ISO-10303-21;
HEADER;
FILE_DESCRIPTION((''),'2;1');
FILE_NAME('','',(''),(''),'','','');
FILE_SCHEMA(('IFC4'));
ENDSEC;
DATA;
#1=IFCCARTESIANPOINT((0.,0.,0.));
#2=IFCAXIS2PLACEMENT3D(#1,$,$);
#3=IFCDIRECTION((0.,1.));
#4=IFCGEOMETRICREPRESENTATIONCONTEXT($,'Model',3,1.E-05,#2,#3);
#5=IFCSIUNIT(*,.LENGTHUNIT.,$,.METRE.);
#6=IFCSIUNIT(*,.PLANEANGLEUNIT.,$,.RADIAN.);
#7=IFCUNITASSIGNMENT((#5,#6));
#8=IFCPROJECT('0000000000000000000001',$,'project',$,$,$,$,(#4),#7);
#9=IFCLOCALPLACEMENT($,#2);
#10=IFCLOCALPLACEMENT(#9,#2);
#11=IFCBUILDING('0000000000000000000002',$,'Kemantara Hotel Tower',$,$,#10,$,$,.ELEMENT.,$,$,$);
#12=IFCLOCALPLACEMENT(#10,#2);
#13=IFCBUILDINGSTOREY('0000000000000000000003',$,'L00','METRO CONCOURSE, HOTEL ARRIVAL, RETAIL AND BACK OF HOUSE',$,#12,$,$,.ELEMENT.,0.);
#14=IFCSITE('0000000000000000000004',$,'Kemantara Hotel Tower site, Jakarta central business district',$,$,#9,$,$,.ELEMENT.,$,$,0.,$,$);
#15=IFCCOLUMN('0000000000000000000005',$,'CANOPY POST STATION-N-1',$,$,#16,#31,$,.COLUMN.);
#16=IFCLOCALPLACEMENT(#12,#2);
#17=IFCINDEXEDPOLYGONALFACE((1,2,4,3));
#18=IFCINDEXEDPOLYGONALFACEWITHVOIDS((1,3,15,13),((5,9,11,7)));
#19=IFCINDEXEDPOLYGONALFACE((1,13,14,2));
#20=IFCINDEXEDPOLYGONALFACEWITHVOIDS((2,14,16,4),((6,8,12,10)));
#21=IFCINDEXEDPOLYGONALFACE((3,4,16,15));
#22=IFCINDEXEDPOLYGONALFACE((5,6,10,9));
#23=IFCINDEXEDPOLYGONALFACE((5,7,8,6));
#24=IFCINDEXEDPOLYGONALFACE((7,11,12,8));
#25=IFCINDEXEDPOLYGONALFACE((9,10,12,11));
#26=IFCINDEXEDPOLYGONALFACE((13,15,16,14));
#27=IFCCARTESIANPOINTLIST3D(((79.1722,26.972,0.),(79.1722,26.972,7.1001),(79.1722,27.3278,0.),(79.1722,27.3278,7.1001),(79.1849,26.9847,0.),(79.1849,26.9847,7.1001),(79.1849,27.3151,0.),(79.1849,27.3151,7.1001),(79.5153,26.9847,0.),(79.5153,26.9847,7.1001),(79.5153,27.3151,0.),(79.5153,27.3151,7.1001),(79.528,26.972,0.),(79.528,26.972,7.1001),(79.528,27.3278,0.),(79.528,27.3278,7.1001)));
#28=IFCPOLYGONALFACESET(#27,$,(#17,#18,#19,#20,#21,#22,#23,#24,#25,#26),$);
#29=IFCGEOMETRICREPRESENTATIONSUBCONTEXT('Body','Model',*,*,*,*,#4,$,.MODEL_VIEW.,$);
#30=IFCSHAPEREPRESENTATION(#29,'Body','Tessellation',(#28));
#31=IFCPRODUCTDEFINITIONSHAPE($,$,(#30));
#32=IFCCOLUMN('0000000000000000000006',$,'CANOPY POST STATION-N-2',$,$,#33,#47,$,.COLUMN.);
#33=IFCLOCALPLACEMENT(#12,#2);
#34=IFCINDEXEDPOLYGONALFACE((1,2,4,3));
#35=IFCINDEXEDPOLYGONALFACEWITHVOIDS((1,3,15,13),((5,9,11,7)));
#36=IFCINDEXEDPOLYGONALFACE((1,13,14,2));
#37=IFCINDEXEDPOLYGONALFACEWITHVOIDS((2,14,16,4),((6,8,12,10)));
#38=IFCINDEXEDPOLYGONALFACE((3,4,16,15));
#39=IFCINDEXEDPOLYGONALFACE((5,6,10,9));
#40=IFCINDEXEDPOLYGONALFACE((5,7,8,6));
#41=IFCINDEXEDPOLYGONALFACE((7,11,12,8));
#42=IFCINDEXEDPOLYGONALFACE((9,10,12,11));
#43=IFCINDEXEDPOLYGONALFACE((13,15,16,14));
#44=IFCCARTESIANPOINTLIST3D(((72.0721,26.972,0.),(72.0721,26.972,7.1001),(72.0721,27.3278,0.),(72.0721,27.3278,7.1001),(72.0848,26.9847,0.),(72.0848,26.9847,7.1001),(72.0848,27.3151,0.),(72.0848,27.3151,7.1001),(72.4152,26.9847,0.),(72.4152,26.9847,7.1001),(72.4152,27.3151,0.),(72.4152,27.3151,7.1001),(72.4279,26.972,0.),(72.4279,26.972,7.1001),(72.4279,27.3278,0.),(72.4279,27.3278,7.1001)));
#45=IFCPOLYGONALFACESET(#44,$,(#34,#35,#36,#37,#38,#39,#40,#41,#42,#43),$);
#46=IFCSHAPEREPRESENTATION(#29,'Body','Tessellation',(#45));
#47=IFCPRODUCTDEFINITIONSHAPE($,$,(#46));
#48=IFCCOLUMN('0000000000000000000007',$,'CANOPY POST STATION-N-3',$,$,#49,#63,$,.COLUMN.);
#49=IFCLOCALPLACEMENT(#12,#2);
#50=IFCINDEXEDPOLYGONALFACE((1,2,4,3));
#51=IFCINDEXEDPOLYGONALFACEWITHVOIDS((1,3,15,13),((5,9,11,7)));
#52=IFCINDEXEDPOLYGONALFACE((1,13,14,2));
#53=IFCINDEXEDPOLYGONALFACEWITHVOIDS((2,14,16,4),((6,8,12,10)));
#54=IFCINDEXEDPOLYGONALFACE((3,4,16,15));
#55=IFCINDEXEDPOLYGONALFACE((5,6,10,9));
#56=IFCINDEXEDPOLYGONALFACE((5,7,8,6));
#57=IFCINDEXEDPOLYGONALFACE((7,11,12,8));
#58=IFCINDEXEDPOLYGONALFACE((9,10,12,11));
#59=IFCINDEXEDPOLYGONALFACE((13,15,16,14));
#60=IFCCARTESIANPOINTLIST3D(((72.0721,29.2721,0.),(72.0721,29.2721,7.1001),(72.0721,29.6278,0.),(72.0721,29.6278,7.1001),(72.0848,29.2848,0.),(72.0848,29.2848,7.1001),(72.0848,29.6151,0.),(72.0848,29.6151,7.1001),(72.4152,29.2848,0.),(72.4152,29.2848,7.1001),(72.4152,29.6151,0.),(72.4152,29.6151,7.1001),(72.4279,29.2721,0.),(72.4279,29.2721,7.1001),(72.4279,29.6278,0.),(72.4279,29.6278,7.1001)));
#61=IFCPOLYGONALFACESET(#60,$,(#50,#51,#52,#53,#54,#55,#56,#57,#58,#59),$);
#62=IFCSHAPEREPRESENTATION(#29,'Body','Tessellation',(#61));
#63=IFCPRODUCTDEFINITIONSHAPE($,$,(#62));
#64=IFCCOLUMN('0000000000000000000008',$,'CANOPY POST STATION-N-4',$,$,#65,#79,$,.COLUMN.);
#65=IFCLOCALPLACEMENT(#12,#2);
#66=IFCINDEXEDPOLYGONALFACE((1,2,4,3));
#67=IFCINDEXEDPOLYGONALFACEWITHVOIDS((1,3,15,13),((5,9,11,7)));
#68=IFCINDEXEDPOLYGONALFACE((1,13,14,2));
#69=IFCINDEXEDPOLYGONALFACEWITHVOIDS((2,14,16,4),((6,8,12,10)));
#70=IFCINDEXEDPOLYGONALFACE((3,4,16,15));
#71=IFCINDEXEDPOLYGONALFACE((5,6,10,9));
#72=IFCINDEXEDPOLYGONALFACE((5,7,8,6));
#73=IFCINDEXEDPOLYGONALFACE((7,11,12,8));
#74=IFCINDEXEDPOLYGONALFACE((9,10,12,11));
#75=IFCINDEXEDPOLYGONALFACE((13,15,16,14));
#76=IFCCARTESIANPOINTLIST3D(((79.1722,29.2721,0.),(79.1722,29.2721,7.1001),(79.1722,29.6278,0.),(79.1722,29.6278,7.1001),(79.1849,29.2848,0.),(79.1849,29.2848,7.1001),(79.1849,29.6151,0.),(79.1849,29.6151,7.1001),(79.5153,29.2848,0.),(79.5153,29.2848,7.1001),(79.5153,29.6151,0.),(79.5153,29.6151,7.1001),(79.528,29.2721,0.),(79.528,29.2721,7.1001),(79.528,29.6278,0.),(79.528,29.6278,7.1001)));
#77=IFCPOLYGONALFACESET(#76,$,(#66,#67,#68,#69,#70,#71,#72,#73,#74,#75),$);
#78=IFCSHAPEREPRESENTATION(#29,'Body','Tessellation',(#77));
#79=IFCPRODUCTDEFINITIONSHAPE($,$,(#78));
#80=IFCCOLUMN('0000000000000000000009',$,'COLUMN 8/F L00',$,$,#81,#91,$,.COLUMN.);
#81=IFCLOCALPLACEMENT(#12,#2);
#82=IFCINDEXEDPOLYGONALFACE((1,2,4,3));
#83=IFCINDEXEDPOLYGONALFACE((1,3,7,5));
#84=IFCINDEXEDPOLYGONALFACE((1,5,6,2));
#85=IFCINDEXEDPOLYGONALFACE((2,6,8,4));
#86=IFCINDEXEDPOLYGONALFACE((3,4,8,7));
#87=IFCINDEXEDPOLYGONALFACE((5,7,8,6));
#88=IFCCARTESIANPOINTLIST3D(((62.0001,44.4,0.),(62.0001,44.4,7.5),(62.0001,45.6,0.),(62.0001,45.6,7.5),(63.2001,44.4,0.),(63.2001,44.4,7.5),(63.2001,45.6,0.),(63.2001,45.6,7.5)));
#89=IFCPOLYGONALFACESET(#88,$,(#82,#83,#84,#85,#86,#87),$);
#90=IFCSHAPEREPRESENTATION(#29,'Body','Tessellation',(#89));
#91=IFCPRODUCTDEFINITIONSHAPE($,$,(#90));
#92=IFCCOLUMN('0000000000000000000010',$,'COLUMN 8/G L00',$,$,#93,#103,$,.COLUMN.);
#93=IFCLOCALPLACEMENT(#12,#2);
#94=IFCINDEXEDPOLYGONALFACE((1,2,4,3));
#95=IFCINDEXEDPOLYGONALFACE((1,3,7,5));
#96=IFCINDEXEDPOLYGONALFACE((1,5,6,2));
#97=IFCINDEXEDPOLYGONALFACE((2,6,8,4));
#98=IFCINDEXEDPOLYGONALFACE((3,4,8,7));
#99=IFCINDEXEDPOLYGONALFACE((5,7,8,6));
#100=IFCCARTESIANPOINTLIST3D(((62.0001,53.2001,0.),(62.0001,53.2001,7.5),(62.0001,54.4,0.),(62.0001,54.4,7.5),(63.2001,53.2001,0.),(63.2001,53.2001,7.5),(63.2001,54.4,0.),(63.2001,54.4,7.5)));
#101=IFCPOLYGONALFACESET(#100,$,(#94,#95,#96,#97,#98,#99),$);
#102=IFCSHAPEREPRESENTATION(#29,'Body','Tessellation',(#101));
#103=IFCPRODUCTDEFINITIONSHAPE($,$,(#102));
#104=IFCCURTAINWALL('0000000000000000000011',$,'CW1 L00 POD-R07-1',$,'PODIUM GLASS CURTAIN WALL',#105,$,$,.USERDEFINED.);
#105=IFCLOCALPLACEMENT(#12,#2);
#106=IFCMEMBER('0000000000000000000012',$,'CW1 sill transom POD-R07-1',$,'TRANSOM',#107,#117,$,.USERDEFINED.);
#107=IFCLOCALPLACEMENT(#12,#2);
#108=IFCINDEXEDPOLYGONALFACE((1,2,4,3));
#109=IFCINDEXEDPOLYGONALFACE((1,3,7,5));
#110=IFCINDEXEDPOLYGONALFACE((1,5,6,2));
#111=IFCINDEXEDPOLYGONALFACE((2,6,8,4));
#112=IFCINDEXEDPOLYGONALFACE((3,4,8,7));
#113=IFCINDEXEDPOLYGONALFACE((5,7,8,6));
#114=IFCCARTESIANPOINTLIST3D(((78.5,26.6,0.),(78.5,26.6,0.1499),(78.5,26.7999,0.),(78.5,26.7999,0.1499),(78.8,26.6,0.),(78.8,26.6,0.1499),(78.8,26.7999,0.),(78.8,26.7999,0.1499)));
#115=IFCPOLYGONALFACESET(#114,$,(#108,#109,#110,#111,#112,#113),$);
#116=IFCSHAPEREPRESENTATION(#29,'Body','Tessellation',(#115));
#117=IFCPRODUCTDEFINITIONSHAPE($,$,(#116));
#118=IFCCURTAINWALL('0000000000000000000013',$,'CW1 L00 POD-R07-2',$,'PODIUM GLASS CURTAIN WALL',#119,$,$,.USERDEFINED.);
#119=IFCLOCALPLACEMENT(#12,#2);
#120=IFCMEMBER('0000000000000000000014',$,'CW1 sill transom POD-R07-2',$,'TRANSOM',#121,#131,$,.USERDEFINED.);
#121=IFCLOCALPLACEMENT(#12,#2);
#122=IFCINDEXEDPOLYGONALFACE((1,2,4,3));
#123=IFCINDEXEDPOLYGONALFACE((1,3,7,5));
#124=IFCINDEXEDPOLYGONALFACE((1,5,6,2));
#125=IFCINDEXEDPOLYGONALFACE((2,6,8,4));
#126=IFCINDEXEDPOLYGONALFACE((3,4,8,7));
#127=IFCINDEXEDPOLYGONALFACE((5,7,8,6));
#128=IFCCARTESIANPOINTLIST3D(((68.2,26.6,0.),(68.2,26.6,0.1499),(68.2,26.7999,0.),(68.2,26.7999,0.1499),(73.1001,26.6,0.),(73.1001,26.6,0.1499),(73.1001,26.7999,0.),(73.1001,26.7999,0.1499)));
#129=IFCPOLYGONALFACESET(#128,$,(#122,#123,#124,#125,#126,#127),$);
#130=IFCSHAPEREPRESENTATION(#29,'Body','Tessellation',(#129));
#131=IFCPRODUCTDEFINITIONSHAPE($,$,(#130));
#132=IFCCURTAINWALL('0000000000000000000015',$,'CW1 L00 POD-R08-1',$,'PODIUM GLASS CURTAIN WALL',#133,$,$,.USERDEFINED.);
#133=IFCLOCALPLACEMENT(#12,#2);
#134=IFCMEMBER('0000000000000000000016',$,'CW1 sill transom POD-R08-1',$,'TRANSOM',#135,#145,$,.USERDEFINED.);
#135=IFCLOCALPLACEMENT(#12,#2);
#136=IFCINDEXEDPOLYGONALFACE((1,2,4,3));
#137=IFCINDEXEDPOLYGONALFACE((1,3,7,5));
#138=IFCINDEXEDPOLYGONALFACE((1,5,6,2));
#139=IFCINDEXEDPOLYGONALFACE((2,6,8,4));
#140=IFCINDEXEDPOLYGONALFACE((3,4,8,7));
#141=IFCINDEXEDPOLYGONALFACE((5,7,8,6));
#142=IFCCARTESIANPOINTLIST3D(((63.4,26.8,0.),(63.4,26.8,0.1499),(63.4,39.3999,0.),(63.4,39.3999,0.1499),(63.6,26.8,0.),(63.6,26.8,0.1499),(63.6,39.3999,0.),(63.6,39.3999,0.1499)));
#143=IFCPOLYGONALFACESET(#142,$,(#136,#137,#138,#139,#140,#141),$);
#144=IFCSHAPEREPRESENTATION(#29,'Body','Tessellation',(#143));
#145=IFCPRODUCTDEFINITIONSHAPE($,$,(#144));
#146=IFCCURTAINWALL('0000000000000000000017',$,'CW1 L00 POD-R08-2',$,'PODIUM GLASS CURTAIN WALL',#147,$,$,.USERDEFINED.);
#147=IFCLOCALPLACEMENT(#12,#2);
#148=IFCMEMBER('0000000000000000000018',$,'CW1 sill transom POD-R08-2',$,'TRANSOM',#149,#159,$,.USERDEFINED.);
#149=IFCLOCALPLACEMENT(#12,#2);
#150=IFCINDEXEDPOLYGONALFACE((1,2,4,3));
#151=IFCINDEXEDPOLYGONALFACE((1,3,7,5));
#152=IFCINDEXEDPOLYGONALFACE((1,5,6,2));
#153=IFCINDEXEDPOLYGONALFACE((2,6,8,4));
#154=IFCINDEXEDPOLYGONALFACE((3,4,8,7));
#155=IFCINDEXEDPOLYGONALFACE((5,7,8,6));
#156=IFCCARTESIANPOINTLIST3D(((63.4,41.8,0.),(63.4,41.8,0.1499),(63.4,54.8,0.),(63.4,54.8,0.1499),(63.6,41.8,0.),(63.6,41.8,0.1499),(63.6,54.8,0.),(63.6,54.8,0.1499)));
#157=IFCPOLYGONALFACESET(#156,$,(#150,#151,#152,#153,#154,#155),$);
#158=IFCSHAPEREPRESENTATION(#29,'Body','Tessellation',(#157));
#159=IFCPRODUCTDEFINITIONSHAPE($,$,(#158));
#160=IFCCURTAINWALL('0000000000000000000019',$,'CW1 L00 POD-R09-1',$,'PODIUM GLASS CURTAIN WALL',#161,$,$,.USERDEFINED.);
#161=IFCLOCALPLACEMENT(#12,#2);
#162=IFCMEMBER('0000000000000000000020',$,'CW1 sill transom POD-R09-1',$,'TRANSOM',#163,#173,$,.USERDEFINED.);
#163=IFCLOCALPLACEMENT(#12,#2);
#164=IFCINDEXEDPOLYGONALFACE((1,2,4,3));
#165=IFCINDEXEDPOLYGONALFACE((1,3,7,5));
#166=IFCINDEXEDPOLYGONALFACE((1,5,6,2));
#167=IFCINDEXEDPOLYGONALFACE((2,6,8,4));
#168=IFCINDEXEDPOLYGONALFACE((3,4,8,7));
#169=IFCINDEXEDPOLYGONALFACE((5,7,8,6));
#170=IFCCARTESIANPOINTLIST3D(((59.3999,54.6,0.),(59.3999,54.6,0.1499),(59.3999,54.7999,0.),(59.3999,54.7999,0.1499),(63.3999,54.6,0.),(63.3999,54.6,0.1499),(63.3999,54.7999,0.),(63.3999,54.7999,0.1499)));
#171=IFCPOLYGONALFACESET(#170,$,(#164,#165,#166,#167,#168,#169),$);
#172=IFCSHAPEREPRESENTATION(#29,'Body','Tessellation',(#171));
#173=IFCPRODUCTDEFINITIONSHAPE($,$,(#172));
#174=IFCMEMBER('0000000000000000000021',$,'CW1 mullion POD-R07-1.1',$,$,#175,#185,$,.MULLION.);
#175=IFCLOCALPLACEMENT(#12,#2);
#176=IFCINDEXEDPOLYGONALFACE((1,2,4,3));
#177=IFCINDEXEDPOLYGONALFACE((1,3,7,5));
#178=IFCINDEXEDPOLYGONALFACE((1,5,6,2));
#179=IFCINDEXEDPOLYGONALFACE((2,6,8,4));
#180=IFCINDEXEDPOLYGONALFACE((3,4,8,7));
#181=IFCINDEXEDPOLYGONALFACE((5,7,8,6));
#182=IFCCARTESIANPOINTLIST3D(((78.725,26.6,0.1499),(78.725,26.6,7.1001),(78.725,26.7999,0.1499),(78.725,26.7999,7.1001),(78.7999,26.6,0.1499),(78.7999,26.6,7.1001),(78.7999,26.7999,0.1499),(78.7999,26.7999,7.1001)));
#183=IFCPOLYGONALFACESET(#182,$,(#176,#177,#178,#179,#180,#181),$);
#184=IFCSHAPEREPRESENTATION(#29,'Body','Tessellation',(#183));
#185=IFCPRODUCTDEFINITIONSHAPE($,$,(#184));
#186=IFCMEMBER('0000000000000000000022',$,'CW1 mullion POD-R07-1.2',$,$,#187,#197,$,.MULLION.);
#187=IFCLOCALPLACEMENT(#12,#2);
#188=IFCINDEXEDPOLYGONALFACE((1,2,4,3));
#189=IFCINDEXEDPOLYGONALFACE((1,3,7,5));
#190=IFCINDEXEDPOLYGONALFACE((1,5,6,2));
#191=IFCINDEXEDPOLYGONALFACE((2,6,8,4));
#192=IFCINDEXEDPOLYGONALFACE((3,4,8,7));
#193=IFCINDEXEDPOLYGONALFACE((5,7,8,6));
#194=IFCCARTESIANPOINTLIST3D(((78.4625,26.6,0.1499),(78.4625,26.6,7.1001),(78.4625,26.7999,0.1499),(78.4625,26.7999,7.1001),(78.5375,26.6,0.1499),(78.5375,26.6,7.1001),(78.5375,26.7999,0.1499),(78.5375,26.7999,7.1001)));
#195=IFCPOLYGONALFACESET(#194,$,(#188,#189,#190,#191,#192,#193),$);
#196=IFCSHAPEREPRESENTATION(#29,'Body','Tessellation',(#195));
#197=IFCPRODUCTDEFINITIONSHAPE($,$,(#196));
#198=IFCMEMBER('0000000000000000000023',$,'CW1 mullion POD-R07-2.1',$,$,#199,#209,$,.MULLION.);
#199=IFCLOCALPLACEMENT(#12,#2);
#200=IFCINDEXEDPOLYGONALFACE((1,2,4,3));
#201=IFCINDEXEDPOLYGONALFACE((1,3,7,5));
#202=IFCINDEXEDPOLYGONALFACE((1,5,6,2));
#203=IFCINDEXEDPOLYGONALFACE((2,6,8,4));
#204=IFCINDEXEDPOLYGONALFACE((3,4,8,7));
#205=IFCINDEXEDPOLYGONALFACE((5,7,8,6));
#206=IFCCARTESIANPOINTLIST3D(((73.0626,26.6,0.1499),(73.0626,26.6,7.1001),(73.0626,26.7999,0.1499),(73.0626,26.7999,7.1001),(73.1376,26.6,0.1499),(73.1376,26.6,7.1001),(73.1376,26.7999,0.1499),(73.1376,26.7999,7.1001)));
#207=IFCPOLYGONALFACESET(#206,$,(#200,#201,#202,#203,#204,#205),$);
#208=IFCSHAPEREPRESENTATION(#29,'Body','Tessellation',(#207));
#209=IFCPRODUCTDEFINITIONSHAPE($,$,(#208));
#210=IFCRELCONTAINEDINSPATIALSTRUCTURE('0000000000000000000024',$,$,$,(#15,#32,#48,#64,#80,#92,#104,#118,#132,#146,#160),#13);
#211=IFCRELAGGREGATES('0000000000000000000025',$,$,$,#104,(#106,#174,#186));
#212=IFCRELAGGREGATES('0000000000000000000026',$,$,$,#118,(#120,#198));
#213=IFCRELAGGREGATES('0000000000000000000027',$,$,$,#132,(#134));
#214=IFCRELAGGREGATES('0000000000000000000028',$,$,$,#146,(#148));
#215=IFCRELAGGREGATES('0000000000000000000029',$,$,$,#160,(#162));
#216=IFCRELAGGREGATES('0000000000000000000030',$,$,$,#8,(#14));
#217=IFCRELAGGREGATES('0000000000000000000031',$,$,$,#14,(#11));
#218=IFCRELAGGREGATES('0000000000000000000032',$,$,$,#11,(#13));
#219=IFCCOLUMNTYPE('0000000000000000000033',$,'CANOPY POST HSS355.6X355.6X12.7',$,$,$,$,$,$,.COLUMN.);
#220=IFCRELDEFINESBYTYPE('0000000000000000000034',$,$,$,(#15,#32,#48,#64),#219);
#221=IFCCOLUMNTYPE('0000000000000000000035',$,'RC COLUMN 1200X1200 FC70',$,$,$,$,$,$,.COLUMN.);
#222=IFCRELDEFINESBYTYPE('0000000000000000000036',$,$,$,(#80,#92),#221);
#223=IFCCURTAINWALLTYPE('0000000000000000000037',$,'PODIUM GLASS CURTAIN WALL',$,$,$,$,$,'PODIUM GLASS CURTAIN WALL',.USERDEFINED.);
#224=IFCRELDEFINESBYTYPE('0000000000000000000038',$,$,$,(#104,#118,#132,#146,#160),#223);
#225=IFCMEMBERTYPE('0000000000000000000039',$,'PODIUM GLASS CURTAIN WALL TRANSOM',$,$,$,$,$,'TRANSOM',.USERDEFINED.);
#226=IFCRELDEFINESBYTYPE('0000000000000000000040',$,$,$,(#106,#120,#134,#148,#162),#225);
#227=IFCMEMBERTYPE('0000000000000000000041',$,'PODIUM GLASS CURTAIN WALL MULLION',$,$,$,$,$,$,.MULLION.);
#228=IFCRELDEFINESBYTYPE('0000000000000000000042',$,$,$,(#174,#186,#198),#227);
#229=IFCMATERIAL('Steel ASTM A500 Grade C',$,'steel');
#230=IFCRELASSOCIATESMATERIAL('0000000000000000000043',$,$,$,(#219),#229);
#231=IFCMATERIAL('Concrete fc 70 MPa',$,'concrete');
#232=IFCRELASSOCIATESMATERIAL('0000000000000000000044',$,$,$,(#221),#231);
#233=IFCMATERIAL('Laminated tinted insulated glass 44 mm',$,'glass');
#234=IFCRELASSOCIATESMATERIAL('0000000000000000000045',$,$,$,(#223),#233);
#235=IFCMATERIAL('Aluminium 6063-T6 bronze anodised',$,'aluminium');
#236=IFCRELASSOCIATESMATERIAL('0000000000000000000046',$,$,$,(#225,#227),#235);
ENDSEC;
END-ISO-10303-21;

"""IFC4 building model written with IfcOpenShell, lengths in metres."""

from ifc_helpers import new_model, si_unit, direction, frame, origin, origin_2d, place, context, subcontext, project, spatial, rectangle, hollow_rectangle, extrude, source, transform, mapped, material, material_profile, profile_set, type_object, element, aggregate, save


model = new_model("IFC4")

# Units and contexts
model_context = context("Model", 3, precision=1e-05, world=origin(), true_north=direction((0.0, 1.0)))
body_context = subcontext(model_context, "Body", "Model", "MODEL_VIEW")
ifc_project = project(units=[si_unit("LENGTHUNIT", "METRE"), si_unit("PLANEANGLEUNIT", "RADIAN")], contexts=[model_context])

# Site, building, storey
site_placement = place(None, origin())
site = spatial("IfcSite", under=ifc_project, at=site_placement, Name="Kemantara Hotel Tower site, Jakarta central business district", CompositionType="ELEMENT", RefElevation=0.0)
building_placement = place(site_placement, origin())
building = spatial("IfcBuilding", under=site, at=building_placement, Name="Kemantara Hotel Tower", CompositionType="ELEMENT")
storey_placement = place(building_placement, origin())
storey = spatial("IfcBuildingStorey", under=building, at=storey_placement, Name="L00", Description="METRO CONCOURSE, HOTEL ARRIVAL, RETAIL AND BACK OF HOUSE", CompositionType="ELEMENT", Elevation=0.0)

# Columns
ifc_material_1 = material(Name="Steel ASTM A500 Grade C", Category="steel")
ifc_material_profile_1 = material_profile(ifc_material_1, hollow_rectangle(XDim=0.3557, YDim=0.3557, WallThickness=0.0127, at=origin_2d()), Name="HSS355.6X355.6X12.7")
ifc_profile_set_1 = profile_set([ifc_material_profile_1], Name="Steel ASTM A500 Grade C")
column_type_1 = type_object("IfcColumnType", Name="CANOPY POST HSS355.6X355.6X12.7", PredefinedType="COLUMN", material=ifc_profile_set_1)
for number, where, z_axis, x_axis, name in (
    (1, (79.3501, 27.1499, 0.0), (0.0, 0.0, 1.0), (1.0, 0.0, 0.0), "CANOPY POST STATION-N-1"),
    (2, (72.25, 27.1499, 0.0), (0.0, 0.0, 1.0), (1.0, 0.0, 0.0), "CANOPY POST STATION-N-2"),
    (3, (72.25, 29.45, 0.0), (0.0, 0.0, 1.0), (1.0, 0.0, 0.0), "CANOPY POST STATION-N-3"),
    (4, (79.3501, 29.45, 0.0), (0.0, 0.0, 1.0), (1.0, 0.0, 0.0), "CANOPY POST STATION-N-4"),
):
    element("IfcColumn", number, at=place(storey_placement, frame(where, z_axis=z_axis, x_axis=x_axis)), inside=storey, type_object=column_type_1, Name=name, PredefinedType="COLUMN", context=body_context, shape_type="SweptSolid", body=[
        extrude(hollow_rectangle(XDim=0.3557, YDim=0.3557, WallThickness=0.0127, at=origin_2d()), origin(), (0.0, 0.0, 1.0), 7.1001),
    ])
ifc_material_2 = material(Name="Concrete fc 70 MPa", Category="concrete")
ifc_material_profile_2 = material_profile(ifc_material_2, rectangle(XDim=1.2, YDim=1.2, at=origin_2d()), Name="RC 1200X1200")
ifc_profile_set_2 = profile_set([ifc_material_profile_2], Name="Concrete fc 70 MPa")
column_type_2 = type_object("IfcColumnType", Name="RC COLUMN 1200X1200 FC70", PredefinedType="COLUMN", material=ifc_profile_set_2)
for number, where, z_axis, x_axis, name in (
    (5, (62.6001, 45.0, 0.0), (0.0, 0.0, 1.0), (1.0, 0.0, 0.0), "COLUMN 8/F L00"),
    (6, (62.6001, 53.8, 0.0), (0.0, 0.0, 1.0), (1.0, 0.0, 0.0), "COLUMN 8/G L00"),
):
    element("IfcColumn", number, at=place(storey_placement, frame(where, z_axis=z_axis, x_axis=x_axis)), inside=storey, type_object=column_type_2, Name=name, PredefinedType="COLUMN", context=body_context, shape_type="SweptSolid", body=[
        extrude(rectangle(XDim=1.2, YDim=1.2, at=origin_2d()), origin(), (0.0, 0.0, 1.0), 7.5),
    ])

# Curtain walls, members
ifc_material_3 = material(Name="Laminated tinted insulated glass 44 mm", Category="glass")
curtain_wall_type = type_object("IfcCurtainWallType", Name="PODIUM GLASS CURTAIN WALL", ElementType="PODIUM GLASS CURTAIN WALL", PredefinedType="USERDEFINED", material=ifc_material_3)
curtain_wall_1_placement = place(storey_placement, origin())
curtain_wall_1 = element("IfcCurtainWall", 7, at=curtain_wall_1_placement, inside=storey, type_object=curtain_wall_type, Name="CW1 L00 POD-R07-1", ObjectType="PODIUM GLASS CURTAIN WALL", PredefinedType="USERDEFINED")
ifc_material_4 = material(Name="Aluminium 6063-T6 bronze anodised", Category="aluminium")
ifc_material_profile_3 = material_profile(ifc_material_4, rectangle(XDim=0.2, YDim=0.1499, at=origin_2d()), Name="PODIUM GLASS CURTAIN WALL TRANSOM")
ifc_profile_set_3 = profile_set([ifc_material_profile_3], Name="Aluminium 6063-T6 bronze anodised")
member_type_1 = type_object("IfcMemberType", Name="PODIUM GLASS CURTAIN WALL TRANSOM", ElementType="TRANSOM", PredefinedType="USERDEFINED", material=ifc_profile_set_3)
member_1_placement = place(storey_placement, frame((78.8, 26.7, 0.075), z_axis=(-1.0, 0.0, 0.0), x_axis=(0.0, -1.0, 0.0)))
member_1 = element("IfcMember", 8, at=member_1_placement, type_object=member_type_1, Name="CW1 sill transom POD-R07-1", ObjectType="TRANSOM", PredefinedType="USERDEFINED", context=body_context, shape_type="SweptSolid", body=[
    extrude(rectangle(XDim=0.2, YDim=0.1499, at=origin_2d()), origin(), (0.0, 0.0, 1.0), 0.3),
])
curtain_wall_2_placement = place(storey_placement, origin())
curtain_wall_2 = element("IfcCurtainWall", 9, at=curtain_wall_2_placement, inside=storey, type_object=curtain_wall_type, Name="CW1 L00 POD-R07-2", ObjectType="PODIUM GLASS CURTAIN WALL", PredefinedType="USERDEFINED")
member_2_placement = place(storey_placement, frame((73.1001, 26.7, 0.075), z_axis=(-1.0, 0.0, 0.0), x_axis=(0.0, -1.0, 0.0)))
member_2 = element("IfcMember", 10, at=member_2_placement, type_object=member_type_1, Name="CW1 sill transom POD-R07-2", ObjectType="TRANSOM", PredefinedType="USERDEFINED", context=body_context, shape_type="SweptSolid", body=[
    extrude(rectangle(XDim=0.2, YDim=0.1499, at=origin_2d()), origin(), (0.0, 0.0, 1.0), 4.9001),
])
curtain_wall_3_placement = place(storey_placement, origin())
curtain_wall_3 = element("IfcCurtainWall", 11, at=curtain_wall_3_placement, inside=storey, type_object=curtain_wall_type, Name="CW1 L00 POD-R08-1", ObjectType="PODIUM GLASS CURTAIN WALL", PredefinedType="USERDEFINED")
member_3_placement = place(storey_placement, frame((63.5, 26.8, 0.075), z_axis=(0.0, 1.0, 0.0), x_axis=(-1.0, 0.0, 0.0)))
member_3 = element("IfcMember", 12, at=member_3_placement, type_object=member_type_1, Name="CW1 sill transom POD-R08-1", ObjectType="TRANSOM", PredefinedType="USERDEFINED", context=body_context, shape_type="SweptSolid", body=[
    extrude(rectangle(XDim=0.2, YDim=0.1499, at=origin_2d()), origin(), (0.0, 0.0, 1.0), 12.5999),
])
curtain_wall_4_placement = place(storey_placement, origin())
curtain_wall_4 = element("IfcCurtainWall", 13, at=curtain_wall_4_placement, inside=storey, type_object=curtain_wall_type, Name="CW1 L00 POD-R08-2", ObjectType="PODIUM GLASS CURTAIN WALL", PredefinedType="USERDEFINED")
member_4_placement = place(storey_placement, frame((63.5, 41.8, 0.075), z_axis=(0.0, 1.0, 0.0), x_axis=(-1.0, 0.0, 0.0)))
member_4 = element("IfcMember", 14, at=member_4_placement, type_object=member_type_1, Name="CW1 sill transom POD-R08-2", ObjectType="TRANSOM", PredefinedType="USERDEFINED", context=body_context, shape_type="SweptSolid", body=[
    extrude(rectangle(XDim=0.2, YDim=0.1499, at=origin_2d()), origin(), (0.0, 0.0, 1.0), 13.0),
])
curtain_wall_5_placement = place(storey_placement, origin())
curtain_wall_5 = element("IfcCurtainWall", 15, at=curtain_wall_5_placement, inside=storey, type_object=curtain_wall_type, Name="CW1 L00 POD-R09-1", ObjectType="PODIUM GLASS CURTAIN WALL", PredefinedType="USERDEFINED")
member_5_placement = place(storey_placement, frame((63.3999, 54.7, 0.075), z_axis=(-1.0, 0.0, 0.0), x_axis=(0.0, -1.0, 0.0)))
member_5 = element("IfcMember", 16, at=member_5_placement, type_object=member_type_1, Name="CW1 sill transom POD-R09-1", ObjectType="TRANSOM", PredefinedType="USERDEFINED", context=body_context, shape_type="SweptSolid", body=[
    extrude(rectangle(XDim=0.2, YDim=0.1499, at=origin_2d()), origin(), (0.0, 0.0, 1.0), 4.0),
])

# Members
ifc_material_profile_4 = material_profile(ifc_material_4, rectangle(XDim=0.2, YDim=0.075, at=origin_2d()), Name="PODIUM GLASS CURTAIN WALL MULLION")
ifc_profile_set_4 = profile_set([ifc_material_profile_4], Name="Aluminium 6063-T6 bronze anodised")
member_type_2 = type_object("IfcMemberType", Name="PODIUM GLASS CURTAIN WALL MULLION", PredefinedType="MULLION", material=ifc_profile_set_4)
shared_shape_1 = source(origin(), body_context, "Body", "SweptSolid", [
    extrude(rectangle(XDim=0.2, YDim=0.075, at=origin_2d()), origin(), (0.0, 0.0, 1.0), 6.9502),
])
member_6_placement = place(storey_placement, frame((78.7625, 26.7, 0.1499), z_axis=(0.0, 0.0, 1.0), x_axis=(0.0, -1.0, 0.0)))
member_6 = element("IfcMember", 17, at=member_6_placement, type_object=member_type_2, Name="CW1 mullion POD-R07-1.1", PredefinedType="MULLION", context=body_context, shape_type="MappedRepresentation", body=[
    mapped(shared_shape_1, transform((0.0, 0.0, 0.0))),
])
member_7_placement = place(storey_placement, frame((78.5, 26.7, 0.1499), z_axis=(0.0, 0.0, 1.0), x_axis=(0.0, -1.0, 0.0)))
member_7 = element("IfcMember", 18, at=member_7_placement, type_object=member_type_2, Name="CW1 mullion POD-R07-1.2", PredefinedType="MULLION", context=body_context, shape_type="MappedRepresentation", body=[
    mapped(shared_shape_1, transform((0.0, 0.0, 0.0))),
])
member_8_placement = place(storey_placement, frame((73.1001, 26.7, 0.1499), z_axis=(0.0, 0.0, 1.0), x_axis=(0.0, -1.0, 0.0)))
member_8 = element("IfcMember", 19, at=member_8_placement, type_object=member_type_2, Name="CW1 mullion POD-R07-2.1", PredefinedType="MULLION", context=body_context, shape_type="MappedRepresentation", body=[
    mapped(shared_shape_1, transform((0.0, 0.0, 0.0))),
])

aggregate(curtain_wall_1, [member_1, member_6, member_7])
aggregate(curtain_wall_2, [member_2, member_8])
aggregate(curtain_wall_3, [member_3])
aggregate(curtain_wall_4, [member_4])
aggregate(curtain_wall_5, [member_5])

save(model, "model.ifc")
